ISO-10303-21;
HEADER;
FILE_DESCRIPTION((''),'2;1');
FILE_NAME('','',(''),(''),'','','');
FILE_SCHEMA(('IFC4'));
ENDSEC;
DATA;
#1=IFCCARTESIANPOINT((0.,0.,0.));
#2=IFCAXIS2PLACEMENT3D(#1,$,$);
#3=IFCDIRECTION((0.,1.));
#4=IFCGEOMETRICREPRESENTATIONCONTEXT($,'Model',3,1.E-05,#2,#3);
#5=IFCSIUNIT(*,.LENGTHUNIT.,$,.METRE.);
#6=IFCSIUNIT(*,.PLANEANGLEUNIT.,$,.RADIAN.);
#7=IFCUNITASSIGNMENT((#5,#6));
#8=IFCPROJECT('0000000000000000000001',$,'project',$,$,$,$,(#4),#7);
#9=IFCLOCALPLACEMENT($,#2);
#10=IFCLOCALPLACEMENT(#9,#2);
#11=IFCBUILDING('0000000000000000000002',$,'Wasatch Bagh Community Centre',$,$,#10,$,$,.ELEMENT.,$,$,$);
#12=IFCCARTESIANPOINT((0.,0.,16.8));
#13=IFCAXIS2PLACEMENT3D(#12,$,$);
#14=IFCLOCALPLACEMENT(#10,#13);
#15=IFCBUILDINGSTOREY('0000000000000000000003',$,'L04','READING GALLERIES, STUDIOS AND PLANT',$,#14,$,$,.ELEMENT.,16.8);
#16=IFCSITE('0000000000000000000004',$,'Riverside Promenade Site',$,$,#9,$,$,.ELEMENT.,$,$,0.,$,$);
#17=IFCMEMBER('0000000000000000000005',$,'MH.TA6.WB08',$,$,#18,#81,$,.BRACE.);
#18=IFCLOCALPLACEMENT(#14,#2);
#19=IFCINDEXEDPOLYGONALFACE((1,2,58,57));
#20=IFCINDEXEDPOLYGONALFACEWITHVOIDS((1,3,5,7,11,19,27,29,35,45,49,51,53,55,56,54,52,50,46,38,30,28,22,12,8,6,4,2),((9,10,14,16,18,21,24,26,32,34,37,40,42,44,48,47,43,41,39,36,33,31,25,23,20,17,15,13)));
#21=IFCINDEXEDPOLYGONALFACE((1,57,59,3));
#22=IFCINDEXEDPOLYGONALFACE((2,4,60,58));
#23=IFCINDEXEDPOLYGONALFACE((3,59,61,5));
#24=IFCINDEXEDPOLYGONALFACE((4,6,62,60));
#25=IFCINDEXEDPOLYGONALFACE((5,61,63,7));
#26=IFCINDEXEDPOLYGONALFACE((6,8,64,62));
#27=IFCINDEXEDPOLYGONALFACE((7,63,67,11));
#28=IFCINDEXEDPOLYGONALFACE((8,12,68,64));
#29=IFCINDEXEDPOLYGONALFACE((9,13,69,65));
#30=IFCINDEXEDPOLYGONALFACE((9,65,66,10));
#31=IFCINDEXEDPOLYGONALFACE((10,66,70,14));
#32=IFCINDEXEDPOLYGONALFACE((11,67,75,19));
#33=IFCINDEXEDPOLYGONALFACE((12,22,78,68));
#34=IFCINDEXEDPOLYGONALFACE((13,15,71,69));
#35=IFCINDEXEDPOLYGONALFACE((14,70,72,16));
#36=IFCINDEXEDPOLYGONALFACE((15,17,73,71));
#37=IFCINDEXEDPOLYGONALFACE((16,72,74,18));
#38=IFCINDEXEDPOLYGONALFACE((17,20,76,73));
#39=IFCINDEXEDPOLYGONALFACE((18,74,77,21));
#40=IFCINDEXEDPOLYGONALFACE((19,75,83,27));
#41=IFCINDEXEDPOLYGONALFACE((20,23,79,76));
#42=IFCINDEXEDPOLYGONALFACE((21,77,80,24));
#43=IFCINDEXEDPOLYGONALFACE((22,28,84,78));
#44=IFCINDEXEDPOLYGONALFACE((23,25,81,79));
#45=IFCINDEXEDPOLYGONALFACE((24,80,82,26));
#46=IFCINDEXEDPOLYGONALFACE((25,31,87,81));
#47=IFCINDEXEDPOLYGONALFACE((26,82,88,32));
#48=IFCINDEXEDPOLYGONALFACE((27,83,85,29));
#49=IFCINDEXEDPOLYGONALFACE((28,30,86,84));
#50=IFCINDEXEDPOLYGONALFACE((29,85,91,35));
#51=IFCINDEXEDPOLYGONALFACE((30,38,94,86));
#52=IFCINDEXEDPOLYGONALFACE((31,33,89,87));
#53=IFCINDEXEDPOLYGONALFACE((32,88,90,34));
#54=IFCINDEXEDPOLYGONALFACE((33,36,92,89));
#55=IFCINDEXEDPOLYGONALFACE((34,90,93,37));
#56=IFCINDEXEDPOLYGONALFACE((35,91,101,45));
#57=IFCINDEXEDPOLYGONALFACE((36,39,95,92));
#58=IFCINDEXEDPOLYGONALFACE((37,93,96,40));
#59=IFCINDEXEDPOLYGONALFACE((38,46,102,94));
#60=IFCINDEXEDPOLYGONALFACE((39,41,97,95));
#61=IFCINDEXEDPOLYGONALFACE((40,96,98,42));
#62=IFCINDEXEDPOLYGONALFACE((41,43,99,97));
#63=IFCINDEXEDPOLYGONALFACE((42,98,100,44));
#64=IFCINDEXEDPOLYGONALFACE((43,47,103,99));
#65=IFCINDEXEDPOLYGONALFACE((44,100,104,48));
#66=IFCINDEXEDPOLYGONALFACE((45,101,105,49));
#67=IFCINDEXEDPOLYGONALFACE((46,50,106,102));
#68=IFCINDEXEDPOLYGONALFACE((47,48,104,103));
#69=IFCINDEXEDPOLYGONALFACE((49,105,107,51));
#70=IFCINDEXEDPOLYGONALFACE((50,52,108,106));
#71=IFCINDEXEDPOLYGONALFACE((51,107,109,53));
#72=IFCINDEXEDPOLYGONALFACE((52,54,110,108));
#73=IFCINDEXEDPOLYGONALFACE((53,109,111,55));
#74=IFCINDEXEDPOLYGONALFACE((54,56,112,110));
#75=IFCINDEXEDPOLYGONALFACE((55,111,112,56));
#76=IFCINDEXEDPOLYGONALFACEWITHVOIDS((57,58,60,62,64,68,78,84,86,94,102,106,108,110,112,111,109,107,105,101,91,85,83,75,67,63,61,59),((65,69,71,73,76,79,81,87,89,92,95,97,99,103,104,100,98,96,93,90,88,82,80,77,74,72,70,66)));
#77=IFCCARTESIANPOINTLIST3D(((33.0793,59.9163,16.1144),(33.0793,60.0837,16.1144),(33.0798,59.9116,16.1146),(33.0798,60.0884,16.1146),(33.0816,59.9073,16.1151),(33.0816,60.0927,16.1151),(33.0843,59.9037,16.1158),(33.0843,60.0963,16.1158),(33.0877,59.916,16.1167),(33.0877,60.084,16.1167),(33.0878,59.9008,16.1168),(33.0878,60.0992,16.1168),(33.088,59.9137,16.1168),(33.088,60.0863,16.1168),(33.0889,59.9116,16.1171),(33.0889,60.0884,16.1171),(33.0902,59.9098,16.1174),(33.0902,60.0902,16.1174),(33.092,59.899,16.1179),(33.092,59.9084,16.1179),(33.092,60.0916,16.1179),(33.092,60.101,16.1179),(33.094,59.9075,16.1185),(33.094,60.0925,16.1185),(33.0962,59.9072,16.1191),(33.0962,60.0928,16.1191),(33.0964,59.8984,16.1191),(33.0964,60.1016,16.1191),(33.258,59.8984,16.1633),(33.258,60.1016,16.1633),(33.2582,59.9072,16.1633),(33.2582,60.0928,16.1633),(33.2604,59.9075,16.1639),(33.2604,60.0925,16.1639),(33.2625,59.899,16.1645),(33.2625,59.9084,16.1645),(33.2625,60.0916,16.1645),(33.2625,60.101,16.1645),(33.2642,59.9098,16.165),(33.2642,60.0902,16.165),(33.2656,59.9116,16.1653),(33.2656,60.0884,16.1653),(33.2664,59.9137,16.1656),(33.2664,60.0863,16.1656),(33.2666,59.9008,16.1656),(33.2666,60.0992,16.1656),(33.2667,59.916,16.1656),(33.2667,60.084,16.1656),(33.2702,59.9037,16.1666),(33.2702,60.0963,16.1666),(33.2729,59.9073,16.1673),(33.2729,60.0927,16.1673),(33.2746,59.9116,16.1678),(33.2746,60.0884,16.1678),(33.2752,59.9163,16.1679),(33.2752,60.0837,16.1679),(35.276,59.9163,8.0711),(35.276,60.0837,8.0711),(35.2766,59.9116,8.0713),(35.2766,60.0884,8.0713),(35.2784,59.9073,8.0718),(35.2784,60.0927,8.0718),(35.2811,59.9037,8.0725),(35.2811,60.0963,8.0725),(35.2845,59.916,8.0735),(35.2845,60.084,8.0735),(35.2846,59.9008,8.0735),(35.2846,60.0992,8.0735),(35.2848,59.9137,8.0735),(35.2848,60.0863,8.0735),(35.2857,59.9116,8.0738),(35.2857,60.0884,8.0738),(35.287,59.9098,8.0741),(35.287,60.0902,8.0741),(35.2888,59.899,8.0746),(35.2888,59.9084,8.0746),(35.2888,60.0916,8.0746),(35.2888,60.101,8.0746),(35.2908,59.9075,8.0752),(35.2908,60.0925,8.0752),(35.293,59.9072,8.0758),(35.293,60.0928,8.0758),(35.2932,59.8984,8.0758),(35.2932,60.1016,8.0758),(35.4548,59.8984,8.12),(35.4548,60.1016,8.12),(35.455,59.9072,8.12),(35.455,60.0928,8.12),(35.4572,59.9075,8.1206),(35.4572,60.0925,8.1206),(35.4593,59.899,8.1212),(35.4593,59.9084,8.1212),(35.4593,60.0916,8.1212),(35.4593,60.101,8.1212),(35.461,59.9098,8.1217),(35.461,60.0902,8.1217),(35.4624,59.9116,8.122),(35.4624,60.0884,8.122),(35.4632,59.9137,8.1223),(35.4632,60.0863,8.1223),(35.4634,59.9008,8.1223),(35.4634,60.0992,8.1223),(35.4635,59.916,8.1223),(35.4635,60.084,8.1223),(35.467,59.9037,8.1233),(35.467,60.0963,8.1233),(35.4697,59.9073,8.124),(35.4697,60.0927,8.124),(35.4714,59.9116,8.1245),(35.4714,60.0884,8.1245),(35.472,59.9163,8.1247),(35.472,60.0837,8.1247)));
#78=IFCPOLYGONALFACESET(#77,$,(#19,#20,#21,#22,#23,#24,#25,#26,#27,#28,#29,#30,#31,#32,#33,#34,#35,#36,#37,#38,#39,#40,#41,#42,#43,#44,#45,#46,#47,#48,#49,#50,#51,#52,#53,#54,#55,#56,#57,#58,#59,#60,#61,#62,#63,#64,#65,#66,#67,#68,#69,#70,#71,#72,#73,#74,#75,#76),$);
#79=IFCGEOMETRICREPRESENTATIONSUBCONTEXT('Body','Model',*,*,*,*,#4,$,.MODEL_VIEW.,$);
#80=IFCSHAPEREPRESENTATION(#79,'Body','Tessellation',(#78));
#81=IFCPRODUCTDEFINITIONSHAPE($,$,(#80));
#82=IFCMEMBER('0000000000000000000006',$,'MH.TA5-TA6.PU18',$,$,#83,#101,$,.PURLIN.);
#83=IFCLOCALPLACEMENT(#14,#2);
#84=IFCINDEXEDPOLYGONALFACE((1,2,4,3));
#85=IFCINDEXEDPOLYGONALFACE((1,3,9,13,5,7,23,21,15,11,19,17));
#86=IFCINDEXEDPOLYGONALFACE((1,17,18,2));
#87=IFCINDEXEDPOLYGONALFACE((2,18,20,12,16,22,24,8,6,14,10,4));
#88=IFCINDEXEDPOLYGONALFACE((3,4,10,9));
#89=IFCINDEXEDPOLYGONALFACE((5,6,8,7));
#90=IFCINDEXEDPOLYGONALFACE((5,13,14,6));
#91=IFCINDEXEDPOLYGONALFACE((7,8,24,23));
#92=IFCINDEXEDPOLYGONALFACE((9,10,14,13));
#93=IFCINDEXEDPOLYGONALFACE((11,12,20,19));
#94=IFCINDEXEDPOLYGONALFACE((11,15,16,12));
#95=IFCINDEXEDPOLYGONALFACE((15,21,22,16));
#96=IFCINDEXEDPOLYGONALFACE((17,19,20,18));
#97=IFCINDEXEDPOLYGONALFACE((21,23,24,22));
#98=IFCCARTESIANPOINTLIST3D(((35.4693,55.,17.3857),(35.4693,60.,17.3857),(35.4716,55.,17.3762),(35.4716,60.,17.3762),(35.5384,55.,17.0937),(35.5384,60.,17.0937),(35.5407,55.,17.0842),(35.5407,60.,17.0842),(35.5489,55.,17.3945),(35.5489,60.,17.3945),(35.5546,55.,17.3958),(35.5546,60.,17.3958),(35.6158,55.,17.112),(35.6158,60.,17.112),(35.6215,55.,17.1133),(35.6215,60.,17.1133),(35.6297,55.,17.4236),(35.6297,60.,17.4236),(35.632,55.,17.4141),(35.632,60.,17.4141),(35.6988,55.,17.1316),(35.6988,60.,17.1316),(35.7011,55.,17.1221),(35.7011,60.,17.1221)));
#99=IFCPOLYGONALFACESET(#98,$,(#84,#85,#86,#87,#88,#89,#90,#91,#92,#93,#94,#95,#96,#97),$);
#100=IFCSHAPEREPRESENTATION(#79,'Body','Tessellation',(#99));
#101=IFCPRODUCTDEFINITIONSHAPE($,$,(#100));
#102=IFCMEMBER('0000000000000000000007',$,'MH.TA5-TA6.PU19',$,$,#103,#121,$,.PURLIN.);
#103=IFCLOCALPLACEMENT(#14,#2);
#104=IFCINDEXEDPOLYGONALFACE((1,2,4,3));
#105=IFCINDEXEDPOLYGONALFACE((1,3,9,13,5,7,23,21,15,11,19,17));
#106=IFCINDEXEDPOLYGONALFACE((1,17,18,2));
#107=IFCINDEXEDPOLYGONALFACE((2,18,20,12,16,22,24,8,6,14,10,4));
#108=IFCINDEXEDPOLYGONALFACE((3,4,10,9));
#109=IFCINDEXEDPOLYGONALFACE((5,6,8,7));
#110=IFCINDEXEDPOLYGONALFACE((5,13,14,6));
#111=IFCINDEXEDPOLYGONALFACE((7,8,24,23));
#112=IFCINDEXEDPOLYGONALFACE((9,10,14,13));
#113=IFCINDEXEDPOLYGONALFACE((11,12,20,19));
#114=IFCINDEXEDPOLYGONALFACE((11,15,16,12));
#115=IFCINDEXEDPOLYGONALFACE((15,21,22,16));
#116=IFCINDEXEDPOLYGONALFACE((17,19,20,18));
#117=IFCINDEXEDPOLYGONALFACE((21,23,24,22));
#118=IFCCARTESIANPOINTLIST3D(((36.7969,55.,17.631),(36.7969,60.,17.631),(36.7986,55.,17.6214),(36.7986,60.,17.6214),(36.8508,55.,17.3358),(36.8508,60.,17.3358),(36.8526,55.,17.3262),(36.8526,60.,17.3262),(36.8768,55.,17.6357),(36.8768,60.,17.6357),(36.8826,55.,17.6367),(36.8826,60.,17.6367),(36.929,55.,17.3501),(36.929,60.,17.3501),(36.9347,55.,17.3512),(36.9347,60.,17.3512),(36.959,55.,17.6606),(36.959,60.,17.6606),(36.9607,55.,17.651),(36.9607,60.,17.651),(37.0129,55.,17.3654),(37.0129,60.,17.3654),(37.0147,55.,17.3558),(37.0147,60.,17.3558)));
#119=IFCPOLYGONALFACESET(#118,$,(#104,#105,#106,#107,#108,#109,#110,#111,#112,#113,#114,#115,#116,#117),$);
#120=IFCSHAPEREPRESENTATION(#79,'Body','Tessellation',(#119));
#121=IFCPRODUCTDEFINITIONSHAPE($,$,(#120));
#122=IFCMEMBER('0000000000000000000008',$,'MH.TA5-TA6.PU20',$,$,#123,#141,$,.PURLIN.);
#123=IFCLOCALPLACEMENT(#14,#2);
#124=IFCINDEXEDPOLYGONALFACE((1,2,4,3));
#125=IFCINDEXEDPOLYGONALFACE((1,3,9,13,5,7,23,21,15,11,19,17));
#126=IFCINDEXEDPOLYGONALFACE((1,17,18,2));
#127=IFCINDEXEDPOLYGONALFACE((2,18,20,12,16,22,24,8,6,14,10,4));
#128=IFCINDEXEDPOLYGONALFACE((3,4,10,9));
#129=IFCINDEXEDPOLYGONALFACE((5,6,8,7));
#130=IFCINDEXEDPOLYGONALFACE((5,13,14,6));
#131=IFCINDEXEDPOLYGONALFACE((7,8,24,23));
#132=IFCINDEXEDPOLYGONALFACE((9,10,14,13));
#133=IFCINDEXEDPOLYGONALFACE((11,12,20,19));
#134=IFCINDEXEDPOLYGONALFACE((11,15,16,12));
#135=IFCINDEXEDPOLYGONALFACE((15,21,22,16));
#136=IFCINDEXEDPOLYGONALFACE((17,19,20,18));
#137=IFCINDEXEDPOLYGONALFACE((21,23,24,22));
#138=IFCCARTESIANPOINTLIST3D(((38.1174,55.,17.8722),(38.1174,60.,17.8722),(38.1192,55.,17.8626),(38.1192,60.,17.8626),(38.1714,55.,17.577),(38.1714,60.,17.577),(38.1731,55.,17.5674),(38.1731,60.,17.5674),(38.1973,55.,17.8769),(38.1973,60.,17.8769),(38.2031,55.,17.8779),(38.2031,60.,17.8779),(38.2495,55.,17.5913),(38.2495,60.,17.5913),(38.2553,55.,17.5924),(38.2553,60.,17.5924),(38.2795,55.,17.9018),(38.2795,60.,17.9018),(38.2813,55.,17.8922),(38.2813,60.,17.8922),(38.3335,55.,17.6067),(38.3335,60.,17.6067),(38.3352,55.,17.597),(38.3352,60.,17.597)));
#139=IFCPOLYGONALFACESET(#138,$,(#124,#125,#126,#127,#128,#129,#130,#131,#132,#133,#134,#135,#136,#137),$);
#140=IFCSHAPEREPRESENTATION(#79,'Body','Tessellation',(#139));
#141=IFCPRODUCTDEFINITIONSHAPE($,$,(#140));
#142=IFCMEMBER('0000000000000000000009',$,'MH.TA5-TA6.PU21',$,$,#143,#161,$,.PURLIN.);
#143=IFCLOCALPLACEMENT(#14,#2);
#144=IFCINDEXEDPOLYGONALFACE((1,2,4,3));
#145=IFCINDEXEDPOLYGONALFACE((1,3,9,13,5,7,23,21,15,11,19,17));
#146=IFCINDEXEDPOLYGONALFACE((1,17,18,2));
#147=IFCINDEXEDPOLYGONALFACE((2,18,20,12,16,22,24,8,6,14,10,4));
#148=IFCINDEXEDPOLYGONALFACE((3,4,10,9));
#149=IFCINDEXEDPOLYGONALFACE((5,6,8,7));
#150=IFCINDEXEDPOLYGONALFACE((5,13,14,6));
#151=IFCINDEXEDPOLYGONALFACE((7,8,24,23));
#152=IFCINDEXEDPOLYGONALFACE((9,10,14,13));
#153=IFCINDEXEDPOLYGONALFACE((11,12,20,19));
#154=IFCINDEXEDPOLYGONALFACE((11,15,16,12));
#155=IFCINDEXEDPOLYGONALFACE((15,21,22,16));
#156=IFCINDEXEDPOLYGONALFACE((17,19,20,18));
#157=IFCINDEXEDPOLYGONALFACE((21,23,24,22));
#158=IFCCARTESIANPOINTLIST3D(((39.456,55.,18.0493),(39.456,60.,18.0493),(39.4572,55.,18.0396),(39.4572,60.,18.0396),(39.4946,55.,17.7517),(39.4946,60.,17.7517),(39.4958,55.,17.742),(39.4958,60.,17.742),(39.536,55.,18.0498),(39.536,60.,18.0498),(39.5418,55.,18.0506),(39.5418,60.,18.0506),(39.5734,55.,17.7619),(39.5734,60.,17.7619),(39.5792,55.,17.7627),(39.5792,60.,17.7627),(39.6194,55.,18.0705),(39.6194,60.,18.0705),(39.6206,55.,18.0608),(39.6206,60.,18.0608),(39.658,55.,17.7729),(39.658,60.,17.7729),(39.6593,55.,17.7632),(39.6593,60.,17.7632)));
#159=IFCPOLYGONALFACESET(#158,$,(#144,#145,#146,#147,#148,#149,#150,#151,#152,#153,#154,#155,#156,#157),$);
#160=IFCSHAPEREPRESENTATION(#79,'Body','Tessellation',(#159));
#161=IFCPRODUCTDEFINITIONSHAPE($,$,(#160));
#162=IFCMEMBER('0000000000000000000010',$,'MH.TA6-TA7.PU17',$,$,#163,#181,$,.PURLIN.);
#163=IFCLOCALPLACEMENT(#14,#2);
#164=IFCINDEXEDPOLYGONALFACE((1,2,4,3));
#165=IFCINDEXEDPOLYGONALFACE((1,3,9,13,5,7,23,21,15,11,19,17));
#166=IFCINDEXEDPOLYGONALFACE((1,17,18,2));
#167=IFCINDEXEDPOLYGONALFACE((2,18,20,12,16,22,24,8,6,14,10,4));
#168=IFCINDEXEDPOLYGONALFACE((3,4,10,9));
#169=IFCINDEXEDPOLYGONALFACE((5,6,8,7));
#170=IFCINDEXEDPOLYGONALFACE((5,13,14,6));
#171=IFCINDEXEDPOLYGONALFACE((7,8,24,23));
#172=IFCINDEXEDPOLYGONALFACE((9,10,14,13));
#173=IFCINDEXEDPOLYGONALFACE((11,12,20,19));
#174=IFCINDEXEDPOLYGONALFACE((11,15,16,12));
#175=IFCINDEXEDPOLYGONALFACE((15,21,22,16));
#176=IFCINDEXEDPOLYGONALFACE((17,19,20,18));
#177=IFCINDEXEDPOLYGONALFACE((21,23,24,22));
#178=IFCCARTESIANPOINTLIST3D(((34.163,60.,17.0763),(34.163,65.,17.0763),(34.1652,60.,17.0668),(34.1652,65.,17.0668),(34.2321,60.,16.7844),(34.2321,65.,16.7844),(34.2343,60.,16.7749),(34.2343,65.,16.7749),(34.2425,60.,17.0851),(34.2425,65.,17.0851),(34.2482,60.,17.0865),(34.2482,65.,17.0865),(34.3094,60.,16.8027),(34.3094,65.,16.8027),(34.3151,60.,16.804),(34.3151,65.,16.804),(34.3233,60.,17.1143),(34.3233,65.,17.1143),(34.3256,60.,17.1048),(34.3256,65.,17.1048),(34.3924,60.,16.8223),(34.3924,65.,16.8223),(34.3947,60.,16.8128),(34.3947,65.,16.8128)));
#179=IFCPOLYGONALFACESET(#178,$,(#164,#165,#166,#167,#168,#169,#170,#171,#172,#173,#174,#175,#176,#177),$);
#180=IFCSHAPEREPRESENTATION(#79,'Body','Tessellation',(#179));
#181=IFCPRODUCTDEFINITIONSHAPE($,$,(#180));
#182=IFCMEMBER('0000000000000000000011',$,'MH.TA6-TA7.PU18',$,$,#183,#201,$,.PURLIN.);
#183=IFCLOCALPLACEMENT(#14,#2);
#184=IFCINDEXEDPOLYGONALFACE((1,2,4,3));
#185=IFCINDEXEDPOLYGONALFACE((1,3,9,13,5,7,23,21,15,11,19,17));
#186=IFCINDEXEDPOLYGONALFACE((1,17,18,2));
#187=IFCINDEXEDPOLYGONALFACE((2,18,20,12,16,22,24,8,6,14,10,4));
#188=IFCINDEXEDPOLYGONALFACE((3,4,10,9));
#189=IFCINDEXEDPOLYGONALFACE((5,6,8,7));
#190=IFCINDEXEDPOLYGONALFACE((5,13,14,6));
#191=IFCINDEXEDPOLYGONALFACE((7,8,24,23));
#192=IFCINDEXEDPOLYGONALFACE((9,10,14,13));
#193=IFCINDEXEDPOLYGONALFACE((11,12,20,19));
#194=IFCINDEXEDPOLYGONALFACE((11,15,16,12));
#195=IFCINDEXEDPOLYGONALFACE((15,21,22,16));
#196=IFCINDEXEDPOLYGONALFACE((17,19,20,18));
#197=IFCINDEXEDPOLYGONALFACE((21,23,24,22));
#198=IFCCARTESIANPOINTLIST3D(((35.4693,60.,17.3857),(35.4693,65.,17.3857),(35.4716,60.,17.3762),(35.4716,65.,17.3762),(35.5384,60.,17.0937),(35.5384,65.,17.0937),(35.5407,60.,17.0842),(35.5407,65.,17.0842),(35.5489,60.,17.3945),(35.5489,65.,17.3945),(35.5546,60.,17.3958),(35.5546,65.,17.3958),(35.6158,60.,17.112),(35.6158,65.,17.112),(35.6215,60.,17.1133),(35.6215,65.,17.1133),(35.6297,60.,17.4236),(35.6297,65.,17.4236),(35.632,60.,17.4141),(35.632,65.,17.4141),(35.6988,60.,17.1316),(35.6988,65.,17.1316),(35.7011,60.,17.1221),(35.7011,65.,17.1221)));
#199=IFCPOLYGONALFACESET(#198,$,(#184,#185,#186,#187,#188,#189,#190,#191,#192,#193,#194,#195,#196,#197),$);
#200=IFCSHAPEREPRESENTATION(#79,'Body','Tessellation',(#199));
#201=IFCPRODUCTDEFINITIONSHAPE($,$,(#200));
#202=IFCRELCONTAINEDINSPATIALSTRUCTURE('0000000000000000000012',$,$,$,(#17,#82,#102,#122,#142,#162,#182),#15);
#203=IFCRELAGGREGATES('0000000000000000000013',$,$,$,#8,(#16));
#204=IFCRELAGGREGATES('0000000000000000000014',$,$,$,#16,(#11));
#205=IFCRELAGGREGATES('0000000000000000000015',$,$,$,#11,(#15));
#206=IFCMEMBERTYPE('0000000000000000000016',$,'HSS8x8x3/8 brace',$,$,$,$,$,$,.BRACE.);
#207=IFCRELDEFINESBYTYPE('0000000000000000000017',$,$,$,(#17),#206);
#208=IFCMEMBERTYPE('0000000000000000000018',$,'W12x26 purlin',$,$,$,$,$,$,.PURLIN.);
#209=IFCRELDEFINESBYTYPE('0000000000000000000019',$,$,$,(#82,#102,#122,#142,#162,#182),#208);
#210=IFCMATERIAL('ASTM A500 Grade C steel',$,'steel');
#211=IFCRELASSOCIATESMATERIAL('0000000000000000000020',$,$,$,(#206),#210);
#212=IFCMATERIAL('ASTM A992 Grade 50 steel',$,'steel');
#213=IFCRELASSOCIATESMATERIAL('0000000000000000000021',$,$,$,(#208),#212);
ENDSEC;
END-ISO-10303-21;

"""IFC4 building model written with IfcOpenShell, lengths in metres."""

from ifc_helpers import new_model, si_unit, direction, frame, origin, origin_2d, place, context, subcontext, project, spatial, hollow_rectangle, i_section, extrude, material, material_profile, profile_set, type_object, element, save


model = new_model("IFC4")

# Units and contexts
model_context = context("Model", 3, precision=1e-05, world=origin(), true_north=direction((0.0, 1.0)))
body_context = subcontext(model_context, "Body", "Model", "MODEL_VIEW")
ifc_project = project(units=[si_unit("LENGTHUNIT", "METRE"), si_unit("PLANEANGLEUNIT", "RADIAN")], contexts=[model_context])

# Site, building, storey
site_placement = place(None, origin())
site = spatial("IfcSite", under=ifc_project, at=site_placement, Name="Riverside Promenade Site", CompositionType="ELEMENT", RefElevation=0.0)
building_placement = place(site_placement, origin())
building = spatial("IfcBuilding", under=site, at=building_placement, Name="Wasatch Bagh Community Centre", CompositionType="ELEMENT")
storey_placement = place(building_placement, frame((0.0, 0.0, 16.8)))
storey = spatial("IfcBuildingStorey", under=building, at=storey_placement, Name="L04", Description="READING GALLERIES, STUDIOS AND PLANT", CompositionType="ELEMENT", Elevation=16.8)

# Members
ifc_material_1 = material(Name="ASTM A500 Grade C steel", Category="steel")
ifc_material_profile_1 = material_profile(ifc_material_1, hollow_rectangle(XDim=0.2031, YDim=0.2031, WallThickness=0.0088, InnerFilletRadius=0.0088, OuterFilletRadius=0.0178, at=origin_2d()), Name="HSS8x8x3/8")
ifc_profile_set_1 = profile_set([ifc_material_profile_1], Name="ASTM A500 Grade C steel")
member_type_1 = type_object("IfcMemberType", Name="HSS8x8x3/8 brace", PredefinedType="BRACE", material=ifc_profile_set_1)
member_1_placement = place(storey_placement, frame((35.374, 60.0, 8.0979), z_axis=(-0.263472, 0.0, 0.964667), x_axis=(0.0, -1.0, 0.0)))
element("IfcMember", 1, at=member_1_placement, inside=storey, type_object=member_type_1, Name="MH.TA6.WB08", PredefinedType="BRACE", context=body_context, shape_type="SweptSolid", body=[
    extrude(hollow_rectangle(XDim=0.2031, YDim=0.2031, WallThickness=0.0088, InnerFilletRadius=0.0088, OuterFilletRadius=0.0178, at=origin_2d()), origin(), (0.0, 0.0, 1.0), 8.3379),
])
ifc_material_2 = material(Name="ASTM A992 Grade 50 steel", Category="steel")
ifc_material_profile_2 = material_profile(ifc_material_2, i_section(OverallWidth=0.1648, OverallDepth=0.3098, WebThickness=0.0059, FlangeThickness=0.0098, at=origin_2d()), Name="W12x26")
ifc_profile_set_2 = profile_set([ifc_material_profile_2], Name="ASTM A992 Grade 50 steel")
member_type_2 = type_object("IfcMemberType", Name="W12x26 purlin", PredefinedType="PURLIN", material=ifc_profile_set_2)
for number, where, z_axis, x_axis, name in (
    (2, (35.5852, 55.0, 17.2539), (0.0, 1.0, 0.0), (-0.973122, 0.0, -0.230292), "MH.TA5-TA6.PU18"),
    (3, (36.9058, 55.0, 17.4934), (0.0, 1.0, 0.0), (-0.983711, 0.0, -0.179756), "MH.TA5-TA6.PU19"),
    (4, (38.2263, 55.0, 17.7346), (0.0, 1.0, 0.0), (-0.983711, 0.0, -0.179756), "MH.TA5-TA6.PU20"),
    (5, (39.5576, 55.0, 17.9062), (0.0, 1.0, 0.0), (-0.991678, 0.0, -0.12874), "MH.TA5-TA6.PU21"),
    (6, (34.2788, 60.0, 16.9446), (0.0, 1.0, 0.0), (-0.973122, 0.0, -0.230292), "MH.TA6-TA7.PU17"),
    (7, (35.5852, 60.0, 17.2539), (0.0, 1.0, 0.0), (-0.973122, 0.0, -0.230292), "MH.TA6-TA7.PU18"),
):
    element("IfcMember", number, at=place(storey_placement, frame(where, z_axis=z_axis, x_axis=x_axis)), inside=storey, type_object=member_type_2, Name=name, PredefinedType="PURLIN", context=body_context, shape_type="SweptSolid", body=[
        extrude(i_section(OverallWidth=0.1648, OverallDepth=0.3098, WebThickness=0.0059, FlangeThickness=0.0098, at=origin_2d()), origin(), (0.0, 0.0, 1.0), 5.0),
    ])

save(model, "model.ifc")
